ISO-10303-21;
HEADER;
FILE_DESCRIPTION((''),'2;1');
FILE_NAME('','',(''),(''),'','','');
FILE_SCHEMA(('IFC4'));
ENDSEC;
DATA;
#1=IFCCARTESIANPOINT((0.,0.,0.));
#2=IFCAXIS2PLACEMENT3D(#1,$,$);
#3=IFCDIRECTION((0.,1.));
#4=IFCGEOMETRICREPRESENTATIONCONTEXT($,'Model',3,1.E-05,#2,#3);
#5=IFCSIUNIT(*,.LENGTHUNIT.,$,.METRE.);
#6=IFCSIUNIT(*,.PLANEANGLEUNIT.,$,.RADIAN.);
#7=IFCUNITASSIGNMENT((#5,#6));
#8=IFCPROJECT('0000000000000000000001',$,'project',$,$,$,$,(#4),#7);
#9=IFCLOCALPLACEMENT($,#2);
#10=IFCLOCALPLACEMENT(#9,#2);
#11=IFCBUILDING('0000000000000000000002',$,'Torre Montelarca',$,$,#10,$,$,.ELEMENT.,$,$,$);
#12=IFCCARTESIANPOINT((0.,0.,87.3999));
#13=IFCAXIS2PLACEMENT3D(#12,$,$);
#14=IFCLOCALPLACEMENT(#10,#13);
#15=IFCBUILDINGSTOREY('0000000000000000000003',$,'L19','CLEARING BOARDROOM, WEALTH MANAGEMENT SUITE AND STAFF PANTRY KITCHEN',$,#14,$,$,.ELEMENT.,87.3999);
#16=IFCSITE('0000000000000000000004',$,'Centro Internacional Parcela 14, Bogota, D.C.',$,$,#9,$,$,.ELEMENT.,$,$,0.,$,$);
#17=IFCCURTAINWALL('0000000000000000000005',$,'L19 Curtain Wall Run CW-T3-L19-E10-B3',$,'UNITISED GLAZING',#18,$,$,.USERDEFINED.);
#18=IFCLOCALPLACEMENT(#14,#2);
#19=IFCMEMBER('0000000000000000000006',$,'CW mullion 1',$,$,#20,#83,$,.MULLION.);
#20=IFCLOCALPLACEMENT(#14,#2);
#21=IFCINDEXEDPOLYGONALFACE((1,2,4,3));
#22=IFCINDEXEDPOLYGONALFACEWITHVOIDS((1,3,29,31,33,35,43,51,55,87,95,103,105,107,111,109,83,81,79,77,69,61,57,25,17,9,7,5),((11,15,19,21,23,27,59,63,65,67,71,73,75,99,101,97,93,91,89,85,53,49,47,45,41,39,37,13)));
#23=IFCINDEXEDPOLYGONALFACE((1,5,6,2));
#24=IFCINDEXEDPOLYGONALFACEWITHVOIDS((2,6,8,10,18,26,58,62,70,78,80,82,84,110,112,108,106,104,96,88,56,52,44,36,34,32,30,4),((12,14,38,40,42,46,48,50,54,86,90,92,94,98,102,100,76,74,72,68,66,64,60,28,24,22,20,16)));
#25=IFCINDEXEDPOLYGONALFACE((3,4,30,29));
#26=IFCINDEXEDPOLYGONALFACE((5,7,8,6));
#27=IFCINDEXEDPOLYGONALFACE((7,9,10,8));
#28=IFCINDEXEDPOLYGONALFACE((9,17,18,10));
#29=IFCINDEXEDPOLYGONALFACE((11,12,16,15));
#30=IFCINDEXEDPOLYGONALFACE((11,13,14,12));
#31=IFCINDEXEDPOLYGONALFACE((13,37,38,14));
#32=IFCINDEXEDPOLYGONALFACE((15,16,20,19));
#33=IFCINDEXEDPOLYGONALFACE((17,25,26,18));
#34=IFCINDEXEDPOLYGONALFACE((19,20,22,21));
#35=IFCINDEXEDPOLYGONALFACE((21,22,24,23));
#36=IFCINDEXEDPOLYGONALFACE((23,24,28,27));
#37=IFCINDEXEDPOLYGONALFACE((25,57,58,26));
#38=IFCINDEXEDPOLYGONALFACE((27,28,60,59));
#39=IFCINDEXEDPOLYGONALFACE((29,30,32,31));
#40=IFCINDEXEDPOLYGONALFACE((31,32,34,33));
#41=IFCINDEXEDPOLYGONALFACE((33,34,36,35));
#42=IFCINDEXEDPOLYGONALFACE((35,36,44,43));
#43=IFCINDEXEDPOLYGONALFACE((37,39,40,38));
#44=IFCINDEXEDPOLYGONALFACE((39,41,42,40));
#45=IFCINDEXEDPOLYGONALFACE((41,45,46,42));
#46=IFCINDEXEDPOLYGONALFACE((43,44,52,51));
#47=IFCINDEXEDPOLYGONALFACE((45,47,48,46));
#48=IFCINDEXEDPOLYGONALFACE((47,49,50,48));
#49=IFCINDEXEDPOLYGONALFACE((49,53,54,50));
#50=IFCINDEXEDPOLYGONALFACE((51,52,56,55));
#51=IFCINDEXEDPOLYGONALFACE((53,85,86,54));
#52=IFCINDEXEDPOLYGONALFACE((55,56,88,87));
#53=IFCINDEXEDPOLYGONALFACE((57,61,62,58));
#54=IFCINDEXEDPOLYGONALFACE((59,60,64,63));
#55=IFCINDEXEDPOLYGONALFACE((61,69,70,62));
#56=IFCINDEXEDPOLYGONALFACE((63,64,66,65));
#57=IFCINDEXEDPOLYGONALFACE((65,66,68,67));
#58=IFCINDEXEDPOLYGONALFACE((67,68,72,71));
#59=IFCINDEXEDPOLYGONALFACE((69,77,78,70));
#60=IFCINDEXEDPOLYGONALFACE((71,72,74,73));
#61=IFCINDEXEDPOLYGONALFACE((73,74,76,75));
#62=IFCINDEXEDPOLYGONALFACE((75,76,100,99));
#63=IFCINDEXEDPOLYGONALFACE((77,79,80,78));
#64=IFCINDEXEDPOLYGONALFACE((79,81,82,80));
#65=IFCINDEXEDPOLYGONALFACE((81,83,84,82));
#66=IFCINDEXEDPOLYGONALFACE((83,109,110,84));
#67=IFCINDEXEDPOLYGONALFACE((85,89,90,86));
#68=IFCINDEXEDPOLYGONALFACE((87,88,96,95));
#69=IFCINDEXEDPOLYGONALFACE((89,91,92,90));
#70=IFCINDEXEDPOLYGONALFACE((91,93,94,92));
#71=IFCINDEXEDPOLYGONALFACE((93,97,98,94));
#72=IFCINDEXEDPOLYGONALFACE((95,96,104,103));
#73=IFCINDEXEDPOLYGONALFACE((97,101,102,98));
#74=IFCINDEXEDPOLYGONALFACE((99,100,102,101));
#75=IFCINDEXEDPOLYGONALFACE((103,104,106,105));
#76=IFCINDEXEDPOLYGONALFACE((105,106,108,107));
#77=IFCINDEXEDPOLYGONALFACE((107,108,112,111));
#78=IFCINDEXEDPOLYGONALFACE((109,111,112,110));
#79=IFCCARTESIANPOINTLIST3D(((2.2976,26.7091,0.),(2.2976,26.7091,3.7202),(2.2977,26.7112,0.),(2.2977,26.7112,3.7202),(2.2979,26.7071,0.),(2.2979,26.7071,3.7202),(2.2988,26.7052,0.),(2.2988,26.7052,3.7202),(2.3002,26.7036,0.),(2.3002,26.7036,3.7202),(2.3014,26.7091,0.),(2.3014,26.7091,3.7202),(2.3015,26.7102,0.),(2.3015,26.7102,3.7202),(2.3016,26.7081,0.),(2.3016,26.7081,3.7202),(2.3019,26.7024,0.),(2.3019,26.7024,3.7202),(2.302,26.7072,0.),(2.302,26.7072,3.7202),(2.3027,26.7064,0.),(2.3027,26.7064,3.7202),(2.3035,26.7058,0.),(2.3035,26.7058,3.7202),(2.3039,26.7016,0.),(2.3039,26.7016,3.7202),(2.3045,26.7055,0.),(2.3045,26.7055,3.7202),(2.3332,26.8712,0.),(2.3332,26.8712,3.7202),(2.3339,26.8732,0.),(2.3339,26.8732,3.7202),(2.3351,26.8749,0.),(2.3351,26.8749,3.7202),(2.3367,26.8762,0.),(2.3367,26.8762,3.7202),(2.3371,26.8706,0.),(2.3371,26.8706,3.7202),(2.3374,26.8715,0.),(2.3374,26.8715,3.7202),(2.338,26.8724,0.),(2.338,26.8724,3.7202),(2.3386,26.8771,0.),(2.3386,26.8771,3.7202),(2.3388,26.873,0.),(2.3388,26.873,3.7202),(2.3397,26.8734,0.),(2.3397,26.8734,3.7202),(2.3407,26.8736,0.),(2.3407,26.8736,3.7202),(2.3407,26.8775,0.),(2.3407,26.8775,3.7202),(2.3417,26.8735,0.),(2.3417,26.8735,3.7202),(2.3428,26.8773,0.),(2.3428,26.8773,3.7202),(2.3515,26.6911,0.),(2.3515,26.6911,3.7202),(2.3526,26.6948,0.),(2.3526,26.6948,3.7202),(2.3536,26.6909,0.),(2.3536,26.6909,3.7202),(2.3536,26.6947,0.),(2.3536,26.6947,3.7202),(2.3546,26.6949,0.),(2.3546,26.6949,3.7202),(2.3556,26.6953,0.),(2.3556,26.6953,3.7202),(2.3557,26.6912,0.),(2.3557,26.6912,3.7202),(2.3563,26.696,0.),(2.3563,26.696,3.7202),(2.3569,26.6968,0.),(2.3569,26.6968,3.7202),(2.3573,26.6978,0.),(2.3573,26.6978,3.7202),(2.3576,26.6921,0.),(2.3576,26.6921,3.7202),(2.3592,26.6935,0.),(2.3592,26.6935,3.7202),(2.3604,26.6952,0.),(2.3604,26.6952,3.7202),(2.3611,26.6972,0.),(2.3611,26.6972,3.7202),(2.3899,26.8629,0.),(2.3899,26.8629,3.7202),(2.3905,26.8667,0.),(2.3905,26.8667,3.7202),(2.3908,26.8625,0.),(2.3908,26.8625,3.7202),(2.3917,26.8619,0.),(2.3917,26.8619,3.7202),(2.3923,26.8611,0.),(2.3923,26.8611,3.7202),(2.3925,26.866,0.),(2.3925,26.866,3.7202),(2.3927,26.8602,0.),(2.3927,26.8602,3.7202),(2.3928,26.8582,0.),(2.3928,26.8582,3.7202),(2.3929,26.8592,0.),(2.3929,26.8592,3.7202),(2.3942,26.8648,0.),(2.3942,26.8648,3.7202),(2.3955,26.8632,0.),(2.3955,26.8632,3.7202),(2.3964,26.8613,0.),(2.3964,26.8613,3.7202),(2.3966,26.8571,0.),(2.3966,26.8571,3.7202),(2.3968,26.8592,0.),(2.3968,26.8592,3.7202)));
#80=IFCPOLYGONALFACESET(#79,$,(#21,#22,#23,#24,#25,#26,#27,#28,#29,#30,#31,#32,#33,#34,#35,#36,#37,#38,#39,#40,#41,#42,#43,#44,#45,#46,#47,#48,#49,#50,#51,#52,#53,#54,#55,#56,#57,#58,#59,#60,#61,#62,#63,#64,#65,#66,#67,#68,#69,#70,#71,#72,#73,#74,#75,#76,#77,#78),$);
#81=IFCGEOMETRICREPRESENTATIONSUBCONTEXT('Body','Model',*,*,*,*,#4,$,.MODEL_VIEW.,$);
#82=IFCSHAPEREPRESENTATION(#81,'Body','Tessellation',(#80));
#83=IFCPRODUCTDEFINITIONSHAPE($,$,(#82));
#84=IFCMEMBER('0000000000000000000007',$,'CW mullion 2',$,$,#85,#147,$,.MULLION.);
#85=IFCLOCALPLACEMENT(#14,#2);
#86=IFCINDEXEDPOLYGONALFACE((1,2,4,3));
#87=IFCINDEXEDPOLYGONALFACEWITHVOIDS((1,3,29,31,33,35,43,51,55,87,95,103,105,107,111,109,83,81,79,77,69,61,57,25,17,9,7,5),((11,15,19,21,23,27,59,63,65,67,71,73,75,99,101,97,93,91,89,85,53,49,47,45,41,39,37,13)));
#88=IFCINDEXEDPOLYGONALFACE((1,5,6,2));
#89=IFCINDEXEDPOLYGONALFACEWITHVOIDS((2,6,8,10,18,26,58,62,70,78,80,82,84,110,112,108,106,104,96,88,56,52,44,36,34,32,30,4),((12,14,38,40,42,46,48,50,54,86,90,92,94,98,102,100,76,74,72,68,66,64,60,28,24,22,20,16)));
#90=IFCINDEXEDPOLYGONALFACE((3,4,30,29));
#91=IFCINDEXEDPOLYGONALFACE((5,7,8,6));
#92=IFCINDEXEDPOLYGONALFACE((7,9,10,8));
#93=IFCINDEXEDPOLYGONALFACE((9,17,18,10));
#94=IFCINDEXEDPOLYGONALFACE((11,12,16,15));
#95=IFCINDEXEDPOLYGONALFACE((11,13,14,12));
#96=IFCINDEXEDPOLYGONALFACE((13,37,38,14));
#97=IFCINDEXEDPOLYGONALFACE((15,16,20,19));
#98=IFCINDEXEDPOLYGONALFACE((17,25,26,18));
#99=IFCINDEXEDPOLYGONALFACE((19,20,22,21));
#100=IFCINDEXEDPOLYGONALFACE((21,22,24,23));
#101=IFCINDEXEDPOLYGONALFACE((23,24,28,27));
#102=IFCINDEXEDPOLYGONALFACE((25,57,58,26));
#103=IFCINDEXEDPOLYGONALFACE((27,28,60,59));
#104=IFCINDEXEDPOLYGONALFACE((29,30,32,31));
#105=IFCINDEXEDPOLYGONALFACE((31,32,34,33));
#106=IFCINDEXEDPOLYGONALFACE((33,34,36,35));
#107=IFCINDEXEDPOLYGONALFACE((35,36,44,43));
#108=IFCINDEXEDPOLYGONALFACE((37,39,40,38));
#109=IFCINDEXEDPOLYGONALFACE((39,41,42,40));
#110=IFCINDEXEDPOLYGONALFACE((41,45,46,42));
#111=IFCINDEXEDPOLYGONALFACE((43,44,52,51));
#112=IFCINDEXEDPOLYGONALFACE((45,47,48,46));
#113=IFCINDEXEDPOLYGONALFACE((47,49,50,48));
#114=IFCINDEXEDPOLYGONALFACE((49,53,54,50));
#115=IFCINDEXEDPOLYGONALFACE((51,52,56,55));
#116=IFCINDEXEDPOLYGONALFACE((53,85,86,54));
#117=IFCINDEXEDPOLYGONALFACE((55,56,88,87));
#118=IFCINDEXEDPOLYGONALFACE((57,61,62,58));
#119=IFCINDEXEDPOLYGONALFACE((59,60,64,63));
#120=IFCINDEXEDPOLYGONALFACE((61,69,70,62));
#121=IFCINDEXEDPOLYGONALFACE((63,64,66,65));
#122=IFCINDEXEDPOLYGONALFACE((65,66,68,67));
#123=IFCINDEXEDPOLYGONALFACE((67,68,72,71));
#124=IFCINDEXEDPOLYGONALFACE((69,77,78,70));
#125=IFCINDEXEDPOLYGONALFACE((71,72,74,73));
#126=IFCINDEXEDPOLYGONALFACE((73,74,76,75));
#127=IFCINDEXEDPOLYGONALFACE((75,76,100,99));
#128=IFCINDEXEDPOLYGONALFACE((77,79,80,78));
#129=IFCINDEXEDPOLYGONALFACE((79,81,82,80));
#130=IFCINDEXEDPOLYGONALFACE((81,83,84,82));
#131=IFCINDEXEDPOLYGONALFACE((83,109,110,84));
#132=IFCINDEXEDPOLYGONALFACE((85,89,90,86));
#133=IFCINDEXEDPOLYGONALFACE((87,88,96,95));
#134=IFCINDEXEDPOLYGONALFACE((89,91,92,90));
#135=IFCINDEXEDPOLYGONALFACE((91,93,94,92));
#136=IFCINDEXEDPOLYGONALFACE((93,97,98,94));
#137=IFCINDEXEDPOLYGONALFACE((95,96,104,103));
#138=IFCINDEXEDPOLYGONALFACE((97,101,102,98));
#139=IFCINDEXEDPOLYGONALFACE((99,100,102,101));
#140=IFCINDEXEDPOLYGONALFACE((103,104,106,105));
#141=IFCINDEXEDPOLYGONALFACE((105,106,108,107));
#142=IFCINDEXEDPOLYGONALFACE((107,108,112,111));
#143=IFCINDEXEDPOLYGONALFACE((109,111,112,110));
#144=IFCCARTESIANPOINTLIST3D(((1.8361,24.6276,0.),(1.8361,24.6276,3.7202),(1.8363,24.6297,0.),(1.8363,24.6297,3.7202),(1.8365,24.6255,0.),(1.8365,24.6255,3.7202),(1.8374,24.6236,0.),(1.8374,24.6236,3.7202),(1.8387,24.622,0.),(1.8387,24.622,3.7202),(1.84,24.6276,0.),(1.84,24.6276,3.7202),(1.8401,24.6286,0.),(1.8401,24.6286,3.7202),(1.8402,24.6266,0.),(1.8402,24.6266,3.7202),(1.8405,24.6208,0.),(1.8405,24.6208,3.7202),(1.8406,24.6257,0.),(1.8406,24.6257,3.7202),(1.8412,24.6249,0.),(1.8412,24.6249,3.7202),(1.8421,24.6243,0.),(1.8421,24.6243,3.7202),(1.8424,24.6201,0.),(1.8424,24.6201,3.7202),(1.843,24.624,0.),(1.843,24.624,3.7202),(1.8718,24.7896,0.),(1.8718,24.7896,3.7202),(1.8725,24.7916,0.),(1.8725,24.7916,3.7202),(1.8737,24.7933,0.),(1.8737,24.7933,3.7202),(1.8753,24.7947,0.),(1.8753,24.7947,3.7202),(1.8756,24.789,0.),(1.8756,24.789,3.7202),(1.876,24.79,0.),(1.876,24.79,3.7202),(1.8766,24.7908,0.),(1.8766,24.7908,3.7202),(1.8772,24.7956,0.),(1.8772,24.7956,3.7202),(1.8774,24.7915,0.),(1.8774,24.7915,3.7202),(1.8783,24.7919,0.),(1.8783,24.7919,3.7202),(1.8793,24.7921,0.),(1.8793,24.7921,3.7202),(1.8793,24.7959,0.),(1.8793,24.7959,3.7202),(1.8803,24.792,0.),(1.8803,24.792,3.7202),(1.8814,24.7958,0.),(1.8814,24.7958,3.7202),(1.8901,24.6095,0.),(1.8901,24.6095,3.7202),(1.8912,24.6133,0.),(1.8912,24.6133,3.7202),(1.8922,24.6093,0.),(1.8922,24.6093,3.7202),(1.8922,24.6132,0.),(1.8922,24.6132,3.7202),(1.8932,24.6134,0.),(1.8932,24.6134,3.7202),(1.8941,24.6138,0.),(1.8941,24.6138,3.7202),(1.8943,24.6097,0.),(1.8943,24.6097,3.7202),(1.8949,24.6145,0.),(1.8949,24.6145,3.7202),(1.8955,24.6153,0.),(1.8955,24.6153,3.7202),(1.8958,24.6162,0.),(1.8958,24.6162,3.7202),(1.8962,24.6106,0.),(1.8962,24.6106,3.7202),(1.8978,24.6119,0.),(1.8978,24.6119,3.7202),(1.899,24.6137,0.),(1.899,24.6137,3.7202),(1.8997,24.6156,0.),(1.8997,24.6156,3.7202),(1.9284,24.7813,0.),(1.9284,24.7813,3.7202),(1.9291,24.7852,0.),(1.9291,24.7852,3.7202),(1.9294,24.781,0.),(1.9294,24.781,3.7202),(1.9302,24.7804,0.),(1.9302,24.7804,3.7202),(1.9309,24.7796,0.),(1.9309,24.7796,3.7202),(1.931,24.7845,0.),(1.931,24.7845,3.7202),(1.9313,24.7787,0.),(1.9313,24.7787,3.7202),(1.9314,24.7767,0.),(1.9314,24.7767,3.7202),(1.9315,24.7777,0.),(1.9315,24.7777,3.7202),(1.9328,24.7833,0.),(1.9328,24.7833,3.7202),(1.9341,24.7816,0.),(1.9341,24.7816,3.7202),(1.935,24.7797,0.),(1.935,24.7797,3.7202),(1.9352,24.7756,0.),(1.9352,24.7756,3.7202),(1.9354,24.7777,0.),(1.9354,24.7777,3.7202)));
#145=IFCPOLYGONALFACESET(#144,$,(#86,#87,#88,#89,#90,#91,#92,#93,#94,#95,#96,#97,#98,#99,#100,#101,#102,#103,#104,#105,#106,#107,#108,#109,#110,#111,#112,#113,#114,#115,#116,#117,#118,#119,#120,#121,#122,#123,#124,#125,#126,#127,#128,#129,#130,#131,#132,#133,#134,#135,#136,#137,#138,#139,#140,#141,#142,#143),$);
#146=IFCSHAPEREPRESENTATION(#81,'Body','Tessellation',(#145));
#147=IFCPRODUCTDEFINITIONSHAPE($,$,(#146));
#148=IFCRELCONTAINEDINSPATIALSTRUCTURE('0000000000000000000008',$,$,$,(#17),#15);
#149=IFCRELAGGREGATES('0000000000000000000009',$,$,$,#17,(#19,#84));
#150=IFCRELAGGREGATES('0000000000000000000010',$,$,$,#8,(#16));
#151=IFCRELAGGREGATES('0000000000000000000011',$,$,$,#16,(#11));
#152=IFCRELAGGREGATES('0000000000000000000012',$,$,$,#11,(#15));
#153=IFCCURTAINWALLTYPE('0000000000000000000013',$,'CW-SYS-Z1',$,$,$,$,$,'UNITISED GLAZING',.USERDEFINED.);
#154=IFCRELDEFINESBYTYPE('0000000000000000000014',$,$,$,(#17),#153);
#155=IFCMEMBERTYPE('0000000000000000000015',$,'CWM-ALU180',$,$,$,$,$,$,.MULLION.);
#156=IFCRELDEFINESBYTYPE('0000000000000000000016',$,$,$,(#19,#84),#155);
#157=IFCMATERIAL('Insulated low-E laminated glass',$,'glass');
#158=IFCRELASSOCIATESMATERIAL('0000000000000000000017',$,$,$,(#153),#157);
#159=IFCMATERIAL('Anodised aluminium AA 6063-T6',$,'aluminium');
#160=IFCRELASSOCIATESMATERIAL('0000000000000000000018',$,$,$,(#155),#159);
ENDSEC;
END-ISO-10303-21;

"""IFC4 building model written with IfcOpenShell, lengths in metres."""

from ifc_helpers import new_model, si_unit, direction, frame, origin, origin_2d, place, context, subcontext, project, spatial, hollow_rectangle, extrude, source, transform, mapped, material, material_profile, profile_set, type_object, element, aggregate, save


model = new_model("IFC4")

# Units and contexts
model_context = context("Model", 3, precision=1e-05, world=origin(), true_north=direction((0.0, 1.0)))
body_context = subcontext(model_context, "Body", "Model", "MODEL_VIEW")
ifc_project = project(units=[si_unit("LENGTHUNIT", "METRE"), si_unit("PLANEANGLEUNIT", "RADIAN")], contexts=[model_context])

# Site, building, storey
site_placement = place(None, origin())
site = spatial("IfcSite", under=ifc_project, at=site_placement, Name="Centro Internacional Parcela 14, Bogota, D.C.", CompositionType="ELEMENT", RefElevation=0.0)
building_placement = place(site_placement, origin())
building = spatial("IfcBuilding", under=site, at=building_placement, Name="Torre Montelarca", CompositionType="ELEMENT")
storey_placement = place(building_placement, frame((0.0, 0.0, 87.3999)))
storey = spatial("IfcBuildingStorey", under=building, at=storey_placement, Name="L19", Description="CLEARING BOARDROOM, WEALTH MANAGEMENT SUITE AND STAFF PANTRY KITCHEN", CompositionType="ELEMENT", Elevation=87.3999)

# Curtain wall
ifc_material_1 = material(Name="Insulated low-E laminated glass", Category="glass")
curtain_wall_type = type_object("IfcCurtainWallType", Name="CW-SYS-Z1", ElementType="UNITISED GLAZING", PredefinedType="USERDEFINED", material=ifc_material_1)
curtain_wall_1_placement = place(storey_placement, origin())
curtain_wall_1 = element("IfcCurtainWall", 1, at=curtain_wall_1_placement, inside=storey, type_object=curtain_wall_type, Name="L19 Curtain Wall Run CW-T3-L19-E10-B3", ObjectType="UNITISED GLAZING", PredefinedType="USERDEFINED")
ifc_material_2 = material(Name="Anodised aluminium AA 6063-T6", Category="aluminium")

# Members
ifc_material_profile_1 = material_profile(ifc_material_2, hollow_rectangle(XDim=0.0649, YDim=0.1799, WallThickness=0.0039, InnerFilletRadius=0.0039, OuterFilletRadius=0.0081, at=origin_2d()), Name="ALU65X180X4", Category="aluminium")
ifc_profile_set_1 = profile_set([ifc_material_profile_1], Name="Anodised aluminium AA 6063-T6")
member_type_1 = type_object("IfcMemberType", Name="CWM-ALU180", PredefinedType="MULLION", material=ifc_profile_set_1)
shared_shape_1 = source(origin(), body_context, "Body", "SweptSolid", [
    extrude(hollow_rectangle(XDim=0.0649, YDim=0.1799, WallThickness=0.0039, InnerFilletRadius=0.0039, OuterFilletRadius=0.0081, at=origin_2d()), origin(), (0.0, 0.0, 1.0), 3.7202),
])
member_1_placement = place(storey_placement, frame((2.3472, 26.7842, 0.0), z_axis=(0.0, 0.0, 1.0), x_axis=(0.976292, -0.216458, 0.0)))
member_1 = element("IfcMember", 2, at=member_1_placement, type_object=member_type_1, Name="CW mullion 1", PredefinedType="MULLION", context=body_context, shape_type="MappedRepresentation", body=[
    mapped(shared_shape_1, transform((0.0, 0.0, 0.0), scale=1.0)),
])
member_2_placement = place(storey_placement, frame((1.8857, 24.7026, 0.0), z_axis=(0.0, 0.0, 1.0), x_axis=(0.976292, -0.216458, 0.0)))
member_2 = element("IfcMember", 3, at=member_2_placement, type_object=member_type_1, Name="CW mullion 2", PredefinedType="MULLION", context=body_context, shape_type="MappedRepresentation", body=[
    mapped(shared_shape_1, transform((0.0, 0.0, 0.0), scale=1.0)),
])

aggregate(curtain_wall_1, [member_1, member_2])

save(model, "model.ifc")
